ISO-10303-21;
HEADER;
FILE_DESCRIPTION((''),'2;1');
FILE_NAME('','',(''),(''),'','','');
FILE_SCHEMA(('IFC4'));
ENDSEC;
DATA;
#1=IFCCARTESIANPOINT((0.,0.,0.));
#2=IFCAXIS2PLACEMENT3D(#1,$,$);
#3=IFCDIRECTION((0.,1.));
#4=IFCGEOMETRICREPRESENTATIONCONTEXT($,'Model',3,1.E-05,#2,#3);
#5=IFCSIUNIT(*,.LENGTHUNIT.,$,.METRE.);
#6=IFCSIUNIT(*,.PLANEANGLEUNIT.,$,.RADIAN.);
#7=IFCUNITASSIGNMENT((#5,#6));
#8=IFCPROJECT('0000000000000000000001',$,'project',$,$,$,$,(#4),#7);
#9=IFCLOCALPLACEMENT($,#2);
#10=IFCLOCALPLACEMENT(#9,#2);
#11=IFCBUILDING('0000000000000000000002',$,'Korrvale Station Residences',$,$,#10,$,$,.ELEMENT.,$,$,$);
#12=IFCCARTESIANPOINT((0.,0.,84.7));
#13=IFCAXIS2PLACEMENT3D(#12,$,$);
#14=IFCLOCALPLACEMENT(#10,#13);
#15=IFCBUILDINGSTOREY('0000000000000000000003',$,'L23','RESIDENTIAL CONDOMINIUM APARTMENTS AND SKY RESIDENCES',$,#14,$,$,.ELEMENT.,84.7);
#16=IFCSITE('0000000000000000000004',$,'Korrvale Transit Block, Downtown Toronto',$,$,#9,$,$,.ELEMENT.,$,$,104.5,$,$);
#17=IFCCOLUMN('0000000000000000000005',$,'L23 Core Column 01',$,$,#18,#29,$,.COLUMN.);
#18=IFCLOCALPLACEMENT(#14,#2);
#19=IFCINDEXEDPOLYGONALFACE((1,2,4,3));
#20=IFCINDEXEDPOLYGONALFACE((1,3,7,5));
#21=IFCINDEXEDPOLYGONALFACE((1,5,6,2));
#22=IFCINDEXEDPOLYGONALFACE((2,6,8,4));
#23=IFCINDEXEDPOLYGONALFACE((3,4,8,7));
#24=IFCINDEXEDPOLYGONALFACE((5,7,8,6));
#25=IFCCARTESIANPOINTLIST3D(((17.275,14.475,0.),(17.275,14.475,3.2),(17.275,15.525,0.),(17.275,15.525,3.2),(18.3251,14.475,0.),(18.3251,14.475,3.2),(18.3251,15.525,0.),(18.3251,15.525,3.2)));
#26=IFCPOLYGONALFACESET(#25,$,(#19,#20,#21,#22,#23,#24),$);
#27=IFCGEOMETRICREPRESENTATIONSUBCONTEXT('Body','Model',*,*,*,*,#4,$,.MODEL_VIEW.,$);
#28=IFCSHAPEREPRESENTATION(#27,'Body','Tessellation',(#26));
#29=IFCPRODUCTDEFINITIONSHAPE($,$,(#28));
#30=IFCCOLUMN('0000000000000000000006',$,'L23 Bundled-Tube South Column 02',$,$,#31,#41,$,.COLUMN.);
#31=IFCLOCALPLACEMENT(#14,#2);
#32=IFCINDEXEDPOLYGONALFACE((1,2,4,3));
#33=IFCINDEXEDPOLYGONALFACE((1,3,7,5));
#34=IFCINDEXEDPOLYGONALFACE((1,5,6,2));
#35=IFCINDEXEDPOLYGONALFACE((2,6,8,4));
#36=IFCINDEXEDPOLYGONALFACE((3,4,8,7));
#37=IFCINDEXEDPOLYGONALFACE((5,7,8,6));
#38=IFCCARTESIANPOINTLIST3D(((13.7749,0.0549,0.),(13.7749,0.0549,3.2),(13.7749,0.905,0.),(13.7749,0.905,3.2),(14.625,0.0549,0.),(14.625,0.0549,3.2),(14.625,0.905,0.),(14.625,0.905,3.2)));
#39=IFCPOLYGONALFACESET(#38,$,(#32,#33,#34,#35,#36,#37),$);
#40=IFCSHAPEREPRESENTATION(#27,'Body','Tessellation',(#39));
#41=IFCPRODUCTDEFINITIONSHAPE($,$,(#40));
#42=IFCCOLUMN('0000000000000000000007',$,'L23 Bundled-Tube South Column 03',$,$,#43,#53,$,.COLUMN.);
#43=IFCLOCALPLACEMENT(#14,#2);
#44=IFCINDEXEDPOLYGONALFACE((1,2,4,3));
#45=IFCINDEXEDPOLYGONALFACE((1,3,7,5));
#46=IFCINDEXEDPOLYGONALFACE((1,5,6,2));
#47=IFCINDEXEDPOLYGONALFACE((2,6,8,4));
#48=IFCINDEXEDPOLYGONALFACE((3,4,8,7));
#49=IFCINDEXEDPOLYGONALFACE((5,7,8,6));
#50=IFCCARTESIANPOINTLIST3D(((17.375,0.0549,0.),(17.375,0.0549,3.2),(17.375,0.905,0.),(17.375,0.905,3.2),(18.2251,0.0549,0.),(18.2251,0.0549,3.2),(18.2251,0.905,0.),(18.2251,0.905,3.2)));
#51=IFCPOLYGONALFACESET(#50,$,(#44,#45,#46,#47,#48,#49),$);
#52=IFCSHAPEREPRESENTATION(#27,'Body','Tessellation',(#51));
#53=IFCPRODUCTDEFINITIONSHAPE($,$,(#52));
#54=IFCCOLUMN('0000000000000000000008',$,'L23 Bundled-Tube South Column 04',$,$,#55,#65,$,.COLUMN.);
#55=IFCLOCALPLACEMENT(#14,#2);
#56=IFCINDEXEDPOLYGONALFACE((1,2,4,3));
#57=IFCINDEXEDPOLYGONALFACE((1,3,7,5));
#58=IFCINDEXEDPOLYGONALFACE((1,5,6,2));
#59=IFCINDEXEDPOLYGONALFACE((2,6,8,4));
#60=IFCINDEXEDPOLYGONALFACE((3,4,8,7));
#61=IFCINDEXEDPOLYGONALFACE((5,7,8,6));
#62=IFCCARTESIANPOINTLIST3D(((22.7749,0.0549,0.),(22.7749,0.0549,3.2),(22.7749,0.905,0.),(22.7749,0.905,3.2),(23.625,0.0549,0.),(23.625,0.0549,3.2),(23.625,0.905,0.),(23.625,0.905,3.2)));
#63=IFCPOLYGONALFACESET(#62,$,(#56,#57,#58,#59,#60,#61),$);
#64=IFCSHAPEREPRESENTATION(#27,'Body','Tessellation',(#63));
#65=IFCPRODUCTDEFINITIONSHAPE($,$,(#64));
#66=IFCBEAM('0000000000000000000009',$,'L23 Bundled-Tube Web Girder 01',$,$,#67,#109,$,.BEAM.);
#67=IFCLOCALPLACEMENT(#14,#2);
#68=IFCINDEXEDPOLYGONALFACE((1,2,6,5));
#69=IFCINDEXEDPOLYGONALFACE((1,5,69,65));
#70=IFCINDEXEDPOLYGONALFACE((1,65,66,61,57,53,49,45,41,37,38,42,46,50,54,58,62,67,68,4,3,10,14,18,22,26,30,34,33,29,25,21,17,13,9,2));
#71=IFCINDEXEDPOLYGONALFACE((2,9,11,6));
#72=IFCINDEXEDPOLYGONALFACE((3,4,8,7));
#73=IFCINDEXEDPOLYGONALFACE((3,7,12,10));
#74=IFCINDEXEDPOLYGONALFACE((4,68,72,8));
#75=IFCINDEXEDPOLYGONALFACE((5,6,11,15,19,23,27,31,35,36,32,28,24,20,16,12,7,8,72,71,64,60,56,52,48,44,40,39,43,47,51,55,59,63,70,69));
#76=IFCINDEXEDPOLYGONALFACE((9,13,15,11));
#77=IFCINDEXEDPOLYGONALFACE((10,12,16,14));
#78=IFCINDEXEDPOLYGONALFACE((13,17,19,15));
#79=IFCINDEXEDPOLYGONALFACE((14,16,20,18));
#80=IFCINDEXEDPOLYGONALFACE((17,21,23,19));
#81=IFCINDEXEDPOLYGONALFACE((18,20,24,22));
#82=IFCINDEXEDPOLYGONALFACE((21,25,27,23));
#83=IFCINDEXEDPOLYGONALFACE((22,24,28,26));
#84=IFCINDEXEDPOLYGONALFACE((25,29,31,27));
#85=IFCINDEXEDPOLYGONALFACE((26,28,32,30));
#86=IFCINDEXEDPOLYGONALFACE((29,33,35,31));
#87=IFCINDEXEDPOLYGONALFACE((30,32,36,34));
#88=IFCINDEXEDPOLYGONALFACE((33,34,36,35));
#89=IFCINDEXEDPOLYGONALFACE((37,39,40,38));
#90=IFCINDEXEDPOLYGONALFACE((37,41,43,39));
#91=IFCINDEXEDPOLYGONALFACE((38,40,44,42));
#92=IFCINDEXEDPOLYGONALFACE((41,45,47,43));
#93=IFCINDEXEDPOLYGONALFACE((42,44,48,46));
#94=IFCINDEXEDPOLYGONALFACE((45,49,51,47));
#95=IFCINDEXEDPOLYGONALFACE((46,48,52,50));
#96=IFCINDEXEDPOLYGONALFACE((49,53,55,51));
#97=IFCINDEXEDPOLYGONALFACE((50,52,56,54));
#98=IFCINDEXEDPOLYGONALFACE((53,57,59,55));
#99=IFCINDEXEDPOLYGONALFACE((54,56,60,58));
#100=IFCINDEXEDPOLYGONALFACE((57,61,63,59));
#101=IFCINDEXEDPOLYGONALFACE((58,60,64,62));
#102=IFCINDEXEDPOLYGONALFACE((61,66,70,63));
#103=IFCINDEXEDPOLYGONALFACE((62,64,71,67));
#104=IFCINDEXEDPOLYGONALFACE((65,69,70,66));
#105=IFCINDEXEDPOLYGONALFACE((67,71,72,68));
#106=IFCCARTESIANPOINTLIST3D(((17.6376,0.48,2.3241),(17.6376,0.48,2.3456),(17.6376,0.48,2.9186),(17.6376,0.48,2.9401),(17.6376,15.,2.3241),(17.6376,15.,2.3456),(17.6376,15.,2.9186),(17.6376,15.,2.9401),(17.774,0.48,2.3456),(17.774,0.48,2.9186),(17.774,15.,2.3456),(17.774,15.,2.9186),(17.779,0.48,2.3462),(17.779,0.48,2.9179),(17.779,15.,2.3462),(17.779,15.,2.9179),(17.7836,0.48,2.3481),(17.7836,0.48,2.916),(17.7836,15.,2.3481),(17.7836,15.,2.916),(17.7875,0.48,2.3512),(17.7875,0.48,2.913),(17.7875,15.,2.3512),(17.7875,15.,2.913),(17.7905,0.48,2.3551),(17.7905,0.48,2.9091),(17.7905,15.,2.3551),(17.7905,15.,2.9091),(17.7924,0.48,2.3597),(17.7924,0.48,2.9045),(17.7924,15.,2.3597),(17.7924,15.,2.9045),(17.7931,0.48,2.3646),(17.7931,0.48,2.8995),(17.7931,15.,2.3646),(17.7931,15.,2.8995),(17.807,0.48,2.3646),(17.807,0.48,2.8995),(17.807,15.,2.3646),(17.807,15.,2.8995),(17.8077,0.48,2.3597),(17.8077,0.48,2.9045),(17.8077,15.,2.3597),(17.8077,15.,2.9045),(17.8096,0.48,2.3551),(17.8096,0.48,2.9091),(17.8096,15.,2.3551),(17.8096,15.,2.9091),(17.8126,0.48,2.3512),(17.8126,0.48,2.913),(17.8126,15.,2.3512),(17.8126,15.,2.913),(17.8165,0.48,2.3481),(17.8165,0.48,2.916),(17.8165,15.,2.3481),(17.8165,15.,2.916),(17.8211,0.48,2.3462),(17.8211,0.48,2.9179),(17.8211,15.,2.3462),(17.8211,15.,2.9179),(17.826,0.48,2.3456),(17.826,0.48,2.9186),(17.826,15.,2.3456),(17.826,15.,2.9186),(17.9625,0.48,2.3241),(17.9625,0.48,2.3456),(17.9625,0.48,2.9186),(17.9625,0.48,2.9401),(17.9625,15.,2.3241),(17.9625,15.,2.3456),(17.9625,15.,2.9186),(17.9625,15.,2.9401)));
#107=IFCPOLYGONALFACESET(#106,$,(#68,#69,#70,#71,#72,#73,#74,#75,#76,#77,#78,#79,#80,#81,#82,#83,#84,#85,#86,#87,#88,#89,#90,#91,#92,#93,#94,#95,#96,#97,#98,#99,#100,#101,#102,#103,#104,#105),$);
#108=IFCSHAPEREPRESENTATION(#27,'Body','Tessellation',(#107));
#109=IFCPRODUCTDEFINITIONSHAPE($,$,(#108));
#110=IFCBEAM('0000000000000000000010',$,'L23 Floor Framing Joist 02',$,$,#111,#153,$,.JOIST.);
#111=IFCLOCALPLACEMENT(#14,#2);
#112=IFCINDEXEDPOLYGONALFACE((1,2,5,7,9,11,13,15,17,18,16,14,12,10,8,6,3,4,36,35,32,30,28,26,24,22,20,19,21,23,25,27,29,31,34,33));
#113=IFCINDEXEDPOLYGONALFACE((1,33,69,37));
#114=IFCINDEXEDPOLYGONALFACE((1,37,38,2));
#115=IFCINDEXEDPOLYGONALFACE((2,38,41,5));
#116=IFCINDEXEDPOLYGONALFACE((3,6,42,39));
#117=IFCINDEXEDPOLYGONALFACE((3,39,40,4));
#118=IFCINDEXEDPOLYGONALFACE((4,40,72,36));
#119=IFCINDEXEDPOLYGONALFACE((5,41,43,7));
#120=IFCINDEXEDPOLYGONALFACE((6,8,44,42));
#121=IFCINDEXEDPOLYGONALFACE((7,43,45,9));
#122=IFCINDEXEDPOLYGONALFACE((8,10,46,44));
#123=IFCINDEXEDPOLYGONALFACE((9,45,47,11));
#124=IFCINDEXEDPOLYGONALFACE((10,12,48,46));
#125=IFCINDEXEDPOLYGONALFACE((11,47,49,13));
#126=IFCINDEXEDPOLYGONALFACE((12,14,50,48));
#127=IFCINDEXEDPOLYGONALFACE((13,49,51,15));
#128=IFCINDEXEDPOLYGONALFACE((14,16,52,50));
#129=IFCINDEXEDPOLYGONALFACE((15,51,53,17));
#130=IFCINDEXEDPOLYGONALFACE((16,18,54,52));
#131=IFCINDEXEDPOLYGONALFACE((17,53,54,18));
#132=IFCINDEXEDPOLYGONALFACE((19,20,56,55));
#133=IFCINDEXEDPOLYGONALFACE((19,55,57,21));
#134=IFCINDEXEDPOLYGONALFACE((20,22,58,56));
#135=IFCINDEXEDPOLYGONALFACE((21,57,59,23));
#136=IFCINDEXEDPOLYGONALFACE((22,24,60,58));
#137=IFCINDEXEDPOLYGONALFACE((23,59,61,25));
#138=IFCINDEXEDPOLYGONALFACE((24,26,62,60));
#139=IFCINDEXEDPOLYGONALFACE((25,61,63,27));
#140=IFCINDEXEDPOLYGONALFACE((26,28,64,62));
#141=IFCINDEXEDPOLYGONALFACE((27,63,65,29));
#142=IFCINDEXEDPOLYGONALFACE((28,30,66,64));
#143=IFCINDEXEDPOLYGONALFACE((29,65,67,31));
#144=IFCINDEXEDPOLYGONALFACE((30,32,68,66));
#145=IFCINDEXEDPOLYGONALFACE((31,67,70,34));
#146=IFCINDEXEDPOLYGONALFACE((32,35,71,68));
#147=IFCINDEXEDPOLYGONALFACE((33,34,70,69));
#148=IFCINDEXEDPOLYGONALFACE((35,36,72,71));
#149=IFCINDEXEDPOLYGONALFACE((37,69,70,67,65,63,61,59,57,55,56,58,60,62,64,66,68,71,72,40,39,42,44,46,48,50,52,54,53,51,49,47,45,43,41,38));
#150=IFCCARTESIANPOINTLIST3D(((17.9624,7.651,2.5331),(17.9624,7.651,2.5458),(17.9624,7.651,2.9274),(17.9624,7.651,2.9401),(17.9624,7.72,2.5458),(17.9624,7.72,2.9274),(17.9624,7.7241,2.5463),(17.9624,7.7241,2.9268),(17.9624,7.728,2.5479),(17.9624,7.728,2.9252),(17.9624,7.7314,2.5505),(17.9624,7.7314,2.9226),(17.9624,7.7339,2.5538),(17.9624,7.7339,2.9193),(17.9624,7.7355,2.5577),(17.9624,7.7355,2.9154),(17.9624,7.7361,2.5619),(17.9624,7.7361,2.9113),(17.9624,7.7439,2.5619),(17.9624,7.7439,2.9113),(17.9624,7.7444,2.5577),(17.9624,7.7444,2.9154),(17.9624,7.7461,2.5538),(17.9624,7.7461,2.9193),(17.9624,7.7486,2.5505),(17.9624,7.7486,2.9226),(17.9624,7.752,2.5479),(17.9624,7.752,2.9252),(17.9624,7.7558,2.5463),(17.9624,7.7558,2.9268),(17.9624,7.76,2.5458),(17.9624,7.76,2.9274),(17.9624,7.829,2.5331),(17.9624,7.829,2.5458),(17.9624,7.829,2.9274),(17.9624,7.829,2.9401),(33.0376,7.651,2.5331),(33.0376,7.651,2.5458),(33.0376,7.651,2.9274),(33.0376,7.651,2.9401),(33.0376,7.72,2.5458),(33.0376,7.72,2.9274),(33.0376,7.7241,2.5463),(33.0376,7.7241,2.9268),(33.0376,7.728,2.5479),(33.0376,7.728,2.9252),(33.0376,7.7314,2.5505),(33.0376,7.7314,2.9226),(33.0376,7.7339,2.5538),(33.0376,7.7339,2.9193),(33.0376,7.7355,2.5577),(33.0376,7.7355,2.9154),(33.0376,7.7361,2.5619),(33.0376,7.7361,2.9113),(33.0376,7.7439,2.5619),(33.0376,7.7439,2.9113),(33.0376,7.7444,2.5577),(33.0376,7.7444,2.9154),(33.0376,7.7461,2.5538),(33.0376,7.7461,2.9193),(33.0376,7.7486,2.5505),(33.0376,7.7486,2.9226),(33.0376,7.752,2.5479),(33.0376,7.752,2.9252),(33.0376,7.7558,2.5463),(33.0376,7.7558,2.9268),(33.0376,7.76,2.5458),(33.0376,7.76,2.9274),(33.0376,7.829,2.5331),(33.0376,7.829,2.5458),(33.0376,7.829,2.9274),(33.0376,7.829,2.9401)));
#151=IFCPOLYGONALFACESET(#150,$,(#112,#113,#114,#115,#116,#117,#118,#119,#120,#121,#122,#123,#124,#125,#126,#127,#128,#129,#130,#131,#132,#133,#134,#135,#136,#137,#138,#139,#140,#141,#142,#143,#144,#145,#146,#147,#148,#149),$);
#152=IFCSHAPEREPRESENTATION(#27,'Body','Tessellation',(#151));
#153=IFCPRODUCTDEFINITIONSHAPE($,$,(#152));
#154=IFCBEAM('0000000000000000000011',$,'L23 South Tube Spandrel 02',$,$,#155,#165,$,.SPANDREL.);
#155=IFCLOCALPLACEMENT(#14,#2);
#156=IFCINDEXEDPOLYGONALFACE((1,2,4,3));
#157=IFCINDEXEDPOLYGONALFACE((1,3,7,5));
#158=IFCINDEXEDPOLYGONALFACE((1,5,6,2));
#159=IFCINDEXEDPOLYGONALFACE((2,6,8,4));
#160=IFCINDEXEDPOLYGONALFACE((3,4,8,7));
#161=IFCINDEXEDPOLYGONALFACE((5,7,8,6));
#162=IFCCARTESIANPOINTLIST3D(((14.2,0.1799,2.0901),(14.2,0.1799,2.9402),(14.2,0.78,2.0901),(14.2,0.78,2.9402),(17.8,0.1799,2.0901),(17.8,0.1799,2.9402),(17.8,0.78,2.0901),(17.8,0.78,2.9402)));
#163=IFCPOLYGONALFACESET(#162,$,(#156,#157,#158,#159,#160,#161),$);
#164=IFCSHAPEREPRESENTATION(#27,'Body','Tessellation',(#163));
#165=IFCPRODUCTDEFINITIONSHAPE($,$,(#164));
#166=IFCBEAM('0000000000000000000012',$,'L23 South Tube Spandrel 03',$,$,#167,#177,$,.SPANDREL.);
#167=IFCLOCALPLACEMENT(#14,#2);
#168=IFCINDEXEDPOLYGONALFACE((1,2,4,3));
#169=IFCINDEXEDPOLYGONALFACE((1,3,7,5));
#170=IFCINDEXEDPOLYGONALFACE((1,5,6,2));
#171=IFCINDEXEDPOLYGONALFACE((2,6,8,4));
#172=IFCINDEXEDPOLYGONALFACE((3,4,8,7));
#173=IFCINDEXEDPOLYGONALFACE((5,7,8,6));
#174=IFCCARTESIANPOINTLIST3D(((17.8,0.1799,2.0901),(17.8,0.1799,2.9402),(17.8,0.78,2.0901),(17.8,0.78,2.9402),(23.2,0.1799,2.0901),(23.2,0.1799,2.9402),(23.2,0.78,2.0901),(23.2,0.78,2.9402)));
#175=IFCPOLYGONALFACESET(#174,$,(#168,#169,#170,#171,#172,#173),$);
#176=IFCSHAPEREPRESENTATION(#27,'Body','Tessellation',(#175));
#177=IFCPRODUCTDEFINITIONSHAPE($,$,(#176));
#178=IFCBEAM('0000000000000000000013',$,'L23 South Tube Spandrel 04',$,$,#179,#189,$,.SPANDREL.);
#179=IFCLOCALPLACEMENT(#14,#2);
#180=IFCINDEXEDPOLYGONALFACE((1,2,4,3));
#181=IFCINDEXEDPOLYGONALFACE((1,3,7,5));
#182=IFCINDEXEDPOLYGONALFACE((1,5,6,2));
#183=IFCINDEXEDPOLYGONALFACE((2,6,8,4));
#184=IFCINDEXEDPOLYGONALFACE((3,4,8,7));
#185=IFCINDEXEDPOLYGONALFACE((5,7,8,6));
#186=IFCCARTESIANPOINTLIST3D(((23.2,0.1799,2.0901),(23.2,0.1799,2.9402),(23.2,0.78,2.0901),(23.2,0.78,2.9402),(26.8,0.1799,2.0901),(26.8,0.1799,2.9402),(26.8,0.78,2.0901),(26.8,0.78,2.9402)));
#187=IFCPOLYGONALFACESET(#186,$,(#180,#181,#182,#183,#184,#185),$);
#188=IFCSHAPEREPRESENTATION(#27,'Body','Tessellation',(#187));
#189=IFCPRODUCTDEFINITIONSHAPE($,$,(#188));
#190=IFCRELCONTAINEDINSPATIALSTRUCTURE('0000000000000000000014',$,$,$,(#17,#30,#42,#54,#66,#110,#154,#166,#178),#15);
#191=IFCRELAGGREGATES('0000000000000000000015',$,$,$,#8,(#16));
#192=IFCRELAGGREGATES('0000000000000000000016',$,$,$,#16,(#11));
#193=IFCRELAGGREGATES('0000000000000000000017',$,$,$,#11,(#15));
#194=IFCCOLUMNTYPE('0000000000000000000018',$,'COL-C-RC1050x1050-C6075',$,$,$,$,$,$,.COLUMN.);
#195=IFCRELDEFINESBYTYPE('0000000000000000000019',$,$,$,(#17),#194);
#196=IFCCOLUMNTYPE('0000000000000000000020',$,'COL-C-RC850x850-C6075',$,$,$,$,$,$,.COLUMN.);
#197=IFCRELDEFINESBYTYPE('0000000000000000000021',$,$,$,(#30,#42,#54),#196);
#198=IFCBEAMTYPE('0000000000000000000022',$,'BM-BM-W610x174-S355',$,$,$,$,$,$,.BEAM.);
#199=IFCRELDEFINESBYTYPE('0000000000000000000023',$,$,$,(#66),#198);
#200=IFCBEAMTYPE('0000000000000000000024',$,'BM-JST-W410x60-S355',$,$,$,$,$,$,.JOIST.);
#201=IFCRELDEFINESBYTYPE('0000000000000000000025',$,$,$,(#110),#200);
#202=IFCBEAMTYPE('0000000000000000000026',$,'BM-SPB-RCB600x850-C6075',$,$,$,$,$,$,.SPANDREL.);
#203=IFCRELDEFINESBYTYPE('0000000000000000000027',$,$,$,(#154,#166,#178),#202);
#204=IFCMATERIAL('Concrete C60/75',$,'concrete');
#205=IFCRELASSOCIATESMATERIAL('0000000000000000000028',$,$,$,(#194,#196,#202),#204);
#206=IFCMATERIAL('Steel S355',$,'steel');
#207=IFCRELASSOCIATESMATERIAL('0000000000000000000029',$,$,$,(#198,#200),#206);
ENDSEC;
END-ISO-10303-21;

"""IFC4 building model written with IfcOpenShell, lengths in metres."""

from ifc_helpers import new_model, si_unit, direction, frame, origin, origin_2d, place, context, subcontext, project, spatial, rectangle, i_section, extrude, material, material_profile, profile_set, type_object, element, save


model = new_model("IFC4")

# Units and contexts
model_context = context("Model", 3, precision=1e-05, world=origin(), true_north=direction((0.0, 1.0)))
body_context = subcontext(model_context, "Body", "Model", "MODEL_VIEW")
ifc_project = project(units=[si_unit("LENGTHUNIT", "METRE"), si_unit("PLANEANGLEUNIT", "RADIAN")], contexts=[model_context])

# Site, building, storey
site_placement = place(None, origin())
site = spatial("IfcSite", under=ifc_project, at=site_placement, Name="Korrvale Transit Block, Downtown Toronto", CompositionType="ELEMENT", RefElevation=104.5)
building_placement = place(site_placement, origin())
building = spatial("IfcBuilding", under=site, at=building_placement, Name="Korrvale Station Residences", CompositionType="ELEMENT")
storey_placement = place(building_placement, frame((0.0, 0.0, 84.7)))
storey = spatial("IfcBuildingStorey", under=building, at=storey_placement, Name="L23", Description="RESIDENTIAL CONDOMINIUM APARTMENTS AND SKY RESIDENCES", CompositionType="ELEMENT", Elevation=84.7)

# Columns
ifc_material_1 = material(Name="Concrete C60/75", Category="concrete")
ifc_material_profile_1 = material_profile(ifc_material_1, rectangle(XDim=1.05, YDim=1.05, at=origin_2d()), Name="RC1050x1050")
ifc_profile_set_1 = profile_set([ifc_material_profile_1], Name="Concrete C60/75")
column_type_1 = type_object("IfcColumnType", Name="COL-C-RC1050x1050-C6075", PredefinedType="COLUMN", material=ifc_profile_set_1)
column_placement = place(storey_placement, frame((17.8, 15.0, 0.0), z_axis=(0.0, 0.0, 1.0), x_axis=(1.0, 0.0, 0.0)))
element("IfcColumn", 1, at=column_placement, inside=storey, type_object=column_type_1, Name="L23 Core Column 01", PredefinedType="COLUMN", context=body_context, shape_type="SweptSolid", body=[
    extrude(rectangle(XDim=1.05, YDim=1.05, at=origin_2d()), origin(), (0.0, 0.0, 1.0), 3.2),
])
ifc_material_profile_2 = material_profile(ifc_material_1, rectangle(XDim=0.8501, YDim=0.8501, at=origin_2d()), Name="RC850x850")
ifc_profile_set_2 = profile_set([ifc_material_profile_2], Name="Concrete C60/75")
column_type_2 = type_object("IfcColumnType", Name="COL-C-RC850x850-C6075", PredefinedType="COLUMN", material=ifc_profile_set_2)
for number, where, z_axis, x_axis, name in (
    (2, (14.2, 0.48, 0.0), (0.0, 0.0, 1.0), (1.0, 0.0, 0.0), "L23 Bundled-Tube South Column 02"),
    (3, (17.8, 0.48, 0.0), (0.0, 0.0, 1.0), (1.0, 0.0, 0.0), "L23 Bundled-Tube South Column 03"),
    (4, (23.2, 0.48, 0.0), (0.0, 0.0, 1.0), (1.0, 0.0, 0.0), "L23 Bundled-Tube South Column 04"),
):
    element("IfcColumn", number, at=place(storey_placement, frame(where, z_axis=z_axis, x_axis=x_axis)), inside=storey, type_object=column_type_2, Name=name, PredefinedType="COLUMN", context=body_context, shape_type="SweptSolid", body=[
        extrude(rectangle(XDim=0.8501, YDim=0.8501, at=origin_2d()), origin(), (0.0, 0.0, 1.0), 3.2),
    ])

# Beams
ifc_material_2 = material(Name="Steel S355", Category="steel")
ifc_material_profile_3 = material_profile(ifc_material_2, i_section(OverallWidth=0.325, OverallDepth=0.616, WebThickness=0.0139, FlangeThickness=0.0215, FilletRadius=0.019, at=origin_2d()), Name="W610x174")
ifc_profile_set_3 = profile_set([ifc_material_profile_3], Name="Steel S355")
beam_type_1 = type_object("IfcBeamType", Name="BM-BM-W610x174-S355", PredefinedType="BEAM", material=ifc_profile_set_3)
beam_1_placement = place(storey_placement, frame((17.8, 0.48, 2.6321), z_axis=(0.0, 1.0, 0.0), x_axis=(-1.0, 0.0, 0.0)))
element("IfcBeam", 5, at=beam_1_placement, inside=storey, type_object=beam_type_1, Name="L23 Bundled-Tube Web Girder 01", PredefinedType="BEAM", context=body_context, shape_type="SweptSolid", body=[
    extrude(i_section(OverallWidth=0.325, OverallDepth=0.616, WebThickness=0.0139, FlangeThickness=0.0215, FilletRadius=0.019, at=origin_2d()), origin(), (0.0, 0.0, 1.0), 14.52),
])
ifc_material_profile_4 = material_profile(ifc_material_2, i_section(OverallWidth=0.178, OverallDepth=0.407, WebThickness=0.0078, FlangeThickness=0.0127, FilletRadius=0.0161, at=origin_2d()), Name="W410x60")
ifc_profile_set_4 = profile_set([ifc_material_profile_4], Name="Steel S355")
beam_type_2 = type_object("IfcBeamType", Name="BM-JST-W410x60-S355", PredefinedType="JOIST", material=ifc_profile_set_4)
beam_2_placement = place(storey_placement, frame((17.9624, 7.74, 2.7366), z_axis=(1.0, 0.0, 0.0), x_axis=(0.0, 1.0, 0.0)))
element("IfcBeam", 6, at=beam_2_placement, inside=storey, type_object=beam_type_2, Name="L23 Floor Framing Joist 02", PredefinedType="JOIST", context=body_context, shape_type="SweptSolid", body=[
    extrude(i_section(OverallWidth=0.178, OverallDepth=0.407, WebThickness=0.0078, FlangeThickness=0.0127, FilletRadius=0.0161, at=origin_2d()), origin(), (0.0, 0.0, 1.0), 15.0752),
])
ifc_material_profile_5 = material_profile(ifc_material_1, rectangle(XDim=0.6001, YDim=0.8501, at=origin_2d()), Name="RCB600x850")
ifc_profile_set_5 = profile_set([ifc_material_profile_5], Name="Concrete C60/75")
beam_type_3 = type_object("IfcBeamType", Name="BM-SPB-RCB600x850-C6075", PredefinedType="SPANDREL", material=ifc_profile_set_5)
beam_3_placement = place(storey_placement, frame((14.2, 0.48, 2.5151), z_axis=(1.0, 0.0, 0.0), x_axis=(0.0, 1.0, 0.0)))
element("IfcBeam", 7, at=beam_3_placement, inside=storey, type_object=beam_type_3, Name="L23 South Tube Spandrel 02", PredefinedType="SPANDREL", context=body_context, shape_type="SweptSolid", body=[
    extrude(rectangle(XDim=0.6001, YDim=0.8501, at=origin_2d()), origin(), (0.0, 0.0, 1.0), 3.6001),
])
beam_4_placement = place(storey_placement, frame((17.8, 0.48, 2.5151), z_axis=(1.0, 0.0, 0.0), x_axis=(0.0, 1.0, 0.0)))
element("IfcBeam", 8, at=beam_4_placement, inside=storey, type_object=beam_type_3, Name="L23 South Tube Spandrel 03", PredefinedType="SPANDREL", context=body_context, shape_type="SweptSolid", body=[
    extrude(rectangle(XDim=0.6001, YDim=0.8501, at=origin_2d()), origin(), (0.0, 0.0, 1.0), 5.3999),
])
beam_5_placement = place(storey_placement, frame((23.2, 0.48, 2.5151), z_axis=(1.0, 0.0, 0.0), x_axis=(0.0, 1.0, 0.0)))
element("IfcBeam", 9, at=beam_5_placement, inside=storey, type_object=beam_type_3, Name="L23 South Tube Spandrel 04", PredefinedType="SPANDREL", context=body_context, shape_type="SweptSolid", body=[
    extrude(rectangle(XDim=0.6001, YDim=0.8501, at=origin_2d()), origin(), (0.0, 0.0, 1.0), 3.6001),
])

save(model, "model.ifc")
